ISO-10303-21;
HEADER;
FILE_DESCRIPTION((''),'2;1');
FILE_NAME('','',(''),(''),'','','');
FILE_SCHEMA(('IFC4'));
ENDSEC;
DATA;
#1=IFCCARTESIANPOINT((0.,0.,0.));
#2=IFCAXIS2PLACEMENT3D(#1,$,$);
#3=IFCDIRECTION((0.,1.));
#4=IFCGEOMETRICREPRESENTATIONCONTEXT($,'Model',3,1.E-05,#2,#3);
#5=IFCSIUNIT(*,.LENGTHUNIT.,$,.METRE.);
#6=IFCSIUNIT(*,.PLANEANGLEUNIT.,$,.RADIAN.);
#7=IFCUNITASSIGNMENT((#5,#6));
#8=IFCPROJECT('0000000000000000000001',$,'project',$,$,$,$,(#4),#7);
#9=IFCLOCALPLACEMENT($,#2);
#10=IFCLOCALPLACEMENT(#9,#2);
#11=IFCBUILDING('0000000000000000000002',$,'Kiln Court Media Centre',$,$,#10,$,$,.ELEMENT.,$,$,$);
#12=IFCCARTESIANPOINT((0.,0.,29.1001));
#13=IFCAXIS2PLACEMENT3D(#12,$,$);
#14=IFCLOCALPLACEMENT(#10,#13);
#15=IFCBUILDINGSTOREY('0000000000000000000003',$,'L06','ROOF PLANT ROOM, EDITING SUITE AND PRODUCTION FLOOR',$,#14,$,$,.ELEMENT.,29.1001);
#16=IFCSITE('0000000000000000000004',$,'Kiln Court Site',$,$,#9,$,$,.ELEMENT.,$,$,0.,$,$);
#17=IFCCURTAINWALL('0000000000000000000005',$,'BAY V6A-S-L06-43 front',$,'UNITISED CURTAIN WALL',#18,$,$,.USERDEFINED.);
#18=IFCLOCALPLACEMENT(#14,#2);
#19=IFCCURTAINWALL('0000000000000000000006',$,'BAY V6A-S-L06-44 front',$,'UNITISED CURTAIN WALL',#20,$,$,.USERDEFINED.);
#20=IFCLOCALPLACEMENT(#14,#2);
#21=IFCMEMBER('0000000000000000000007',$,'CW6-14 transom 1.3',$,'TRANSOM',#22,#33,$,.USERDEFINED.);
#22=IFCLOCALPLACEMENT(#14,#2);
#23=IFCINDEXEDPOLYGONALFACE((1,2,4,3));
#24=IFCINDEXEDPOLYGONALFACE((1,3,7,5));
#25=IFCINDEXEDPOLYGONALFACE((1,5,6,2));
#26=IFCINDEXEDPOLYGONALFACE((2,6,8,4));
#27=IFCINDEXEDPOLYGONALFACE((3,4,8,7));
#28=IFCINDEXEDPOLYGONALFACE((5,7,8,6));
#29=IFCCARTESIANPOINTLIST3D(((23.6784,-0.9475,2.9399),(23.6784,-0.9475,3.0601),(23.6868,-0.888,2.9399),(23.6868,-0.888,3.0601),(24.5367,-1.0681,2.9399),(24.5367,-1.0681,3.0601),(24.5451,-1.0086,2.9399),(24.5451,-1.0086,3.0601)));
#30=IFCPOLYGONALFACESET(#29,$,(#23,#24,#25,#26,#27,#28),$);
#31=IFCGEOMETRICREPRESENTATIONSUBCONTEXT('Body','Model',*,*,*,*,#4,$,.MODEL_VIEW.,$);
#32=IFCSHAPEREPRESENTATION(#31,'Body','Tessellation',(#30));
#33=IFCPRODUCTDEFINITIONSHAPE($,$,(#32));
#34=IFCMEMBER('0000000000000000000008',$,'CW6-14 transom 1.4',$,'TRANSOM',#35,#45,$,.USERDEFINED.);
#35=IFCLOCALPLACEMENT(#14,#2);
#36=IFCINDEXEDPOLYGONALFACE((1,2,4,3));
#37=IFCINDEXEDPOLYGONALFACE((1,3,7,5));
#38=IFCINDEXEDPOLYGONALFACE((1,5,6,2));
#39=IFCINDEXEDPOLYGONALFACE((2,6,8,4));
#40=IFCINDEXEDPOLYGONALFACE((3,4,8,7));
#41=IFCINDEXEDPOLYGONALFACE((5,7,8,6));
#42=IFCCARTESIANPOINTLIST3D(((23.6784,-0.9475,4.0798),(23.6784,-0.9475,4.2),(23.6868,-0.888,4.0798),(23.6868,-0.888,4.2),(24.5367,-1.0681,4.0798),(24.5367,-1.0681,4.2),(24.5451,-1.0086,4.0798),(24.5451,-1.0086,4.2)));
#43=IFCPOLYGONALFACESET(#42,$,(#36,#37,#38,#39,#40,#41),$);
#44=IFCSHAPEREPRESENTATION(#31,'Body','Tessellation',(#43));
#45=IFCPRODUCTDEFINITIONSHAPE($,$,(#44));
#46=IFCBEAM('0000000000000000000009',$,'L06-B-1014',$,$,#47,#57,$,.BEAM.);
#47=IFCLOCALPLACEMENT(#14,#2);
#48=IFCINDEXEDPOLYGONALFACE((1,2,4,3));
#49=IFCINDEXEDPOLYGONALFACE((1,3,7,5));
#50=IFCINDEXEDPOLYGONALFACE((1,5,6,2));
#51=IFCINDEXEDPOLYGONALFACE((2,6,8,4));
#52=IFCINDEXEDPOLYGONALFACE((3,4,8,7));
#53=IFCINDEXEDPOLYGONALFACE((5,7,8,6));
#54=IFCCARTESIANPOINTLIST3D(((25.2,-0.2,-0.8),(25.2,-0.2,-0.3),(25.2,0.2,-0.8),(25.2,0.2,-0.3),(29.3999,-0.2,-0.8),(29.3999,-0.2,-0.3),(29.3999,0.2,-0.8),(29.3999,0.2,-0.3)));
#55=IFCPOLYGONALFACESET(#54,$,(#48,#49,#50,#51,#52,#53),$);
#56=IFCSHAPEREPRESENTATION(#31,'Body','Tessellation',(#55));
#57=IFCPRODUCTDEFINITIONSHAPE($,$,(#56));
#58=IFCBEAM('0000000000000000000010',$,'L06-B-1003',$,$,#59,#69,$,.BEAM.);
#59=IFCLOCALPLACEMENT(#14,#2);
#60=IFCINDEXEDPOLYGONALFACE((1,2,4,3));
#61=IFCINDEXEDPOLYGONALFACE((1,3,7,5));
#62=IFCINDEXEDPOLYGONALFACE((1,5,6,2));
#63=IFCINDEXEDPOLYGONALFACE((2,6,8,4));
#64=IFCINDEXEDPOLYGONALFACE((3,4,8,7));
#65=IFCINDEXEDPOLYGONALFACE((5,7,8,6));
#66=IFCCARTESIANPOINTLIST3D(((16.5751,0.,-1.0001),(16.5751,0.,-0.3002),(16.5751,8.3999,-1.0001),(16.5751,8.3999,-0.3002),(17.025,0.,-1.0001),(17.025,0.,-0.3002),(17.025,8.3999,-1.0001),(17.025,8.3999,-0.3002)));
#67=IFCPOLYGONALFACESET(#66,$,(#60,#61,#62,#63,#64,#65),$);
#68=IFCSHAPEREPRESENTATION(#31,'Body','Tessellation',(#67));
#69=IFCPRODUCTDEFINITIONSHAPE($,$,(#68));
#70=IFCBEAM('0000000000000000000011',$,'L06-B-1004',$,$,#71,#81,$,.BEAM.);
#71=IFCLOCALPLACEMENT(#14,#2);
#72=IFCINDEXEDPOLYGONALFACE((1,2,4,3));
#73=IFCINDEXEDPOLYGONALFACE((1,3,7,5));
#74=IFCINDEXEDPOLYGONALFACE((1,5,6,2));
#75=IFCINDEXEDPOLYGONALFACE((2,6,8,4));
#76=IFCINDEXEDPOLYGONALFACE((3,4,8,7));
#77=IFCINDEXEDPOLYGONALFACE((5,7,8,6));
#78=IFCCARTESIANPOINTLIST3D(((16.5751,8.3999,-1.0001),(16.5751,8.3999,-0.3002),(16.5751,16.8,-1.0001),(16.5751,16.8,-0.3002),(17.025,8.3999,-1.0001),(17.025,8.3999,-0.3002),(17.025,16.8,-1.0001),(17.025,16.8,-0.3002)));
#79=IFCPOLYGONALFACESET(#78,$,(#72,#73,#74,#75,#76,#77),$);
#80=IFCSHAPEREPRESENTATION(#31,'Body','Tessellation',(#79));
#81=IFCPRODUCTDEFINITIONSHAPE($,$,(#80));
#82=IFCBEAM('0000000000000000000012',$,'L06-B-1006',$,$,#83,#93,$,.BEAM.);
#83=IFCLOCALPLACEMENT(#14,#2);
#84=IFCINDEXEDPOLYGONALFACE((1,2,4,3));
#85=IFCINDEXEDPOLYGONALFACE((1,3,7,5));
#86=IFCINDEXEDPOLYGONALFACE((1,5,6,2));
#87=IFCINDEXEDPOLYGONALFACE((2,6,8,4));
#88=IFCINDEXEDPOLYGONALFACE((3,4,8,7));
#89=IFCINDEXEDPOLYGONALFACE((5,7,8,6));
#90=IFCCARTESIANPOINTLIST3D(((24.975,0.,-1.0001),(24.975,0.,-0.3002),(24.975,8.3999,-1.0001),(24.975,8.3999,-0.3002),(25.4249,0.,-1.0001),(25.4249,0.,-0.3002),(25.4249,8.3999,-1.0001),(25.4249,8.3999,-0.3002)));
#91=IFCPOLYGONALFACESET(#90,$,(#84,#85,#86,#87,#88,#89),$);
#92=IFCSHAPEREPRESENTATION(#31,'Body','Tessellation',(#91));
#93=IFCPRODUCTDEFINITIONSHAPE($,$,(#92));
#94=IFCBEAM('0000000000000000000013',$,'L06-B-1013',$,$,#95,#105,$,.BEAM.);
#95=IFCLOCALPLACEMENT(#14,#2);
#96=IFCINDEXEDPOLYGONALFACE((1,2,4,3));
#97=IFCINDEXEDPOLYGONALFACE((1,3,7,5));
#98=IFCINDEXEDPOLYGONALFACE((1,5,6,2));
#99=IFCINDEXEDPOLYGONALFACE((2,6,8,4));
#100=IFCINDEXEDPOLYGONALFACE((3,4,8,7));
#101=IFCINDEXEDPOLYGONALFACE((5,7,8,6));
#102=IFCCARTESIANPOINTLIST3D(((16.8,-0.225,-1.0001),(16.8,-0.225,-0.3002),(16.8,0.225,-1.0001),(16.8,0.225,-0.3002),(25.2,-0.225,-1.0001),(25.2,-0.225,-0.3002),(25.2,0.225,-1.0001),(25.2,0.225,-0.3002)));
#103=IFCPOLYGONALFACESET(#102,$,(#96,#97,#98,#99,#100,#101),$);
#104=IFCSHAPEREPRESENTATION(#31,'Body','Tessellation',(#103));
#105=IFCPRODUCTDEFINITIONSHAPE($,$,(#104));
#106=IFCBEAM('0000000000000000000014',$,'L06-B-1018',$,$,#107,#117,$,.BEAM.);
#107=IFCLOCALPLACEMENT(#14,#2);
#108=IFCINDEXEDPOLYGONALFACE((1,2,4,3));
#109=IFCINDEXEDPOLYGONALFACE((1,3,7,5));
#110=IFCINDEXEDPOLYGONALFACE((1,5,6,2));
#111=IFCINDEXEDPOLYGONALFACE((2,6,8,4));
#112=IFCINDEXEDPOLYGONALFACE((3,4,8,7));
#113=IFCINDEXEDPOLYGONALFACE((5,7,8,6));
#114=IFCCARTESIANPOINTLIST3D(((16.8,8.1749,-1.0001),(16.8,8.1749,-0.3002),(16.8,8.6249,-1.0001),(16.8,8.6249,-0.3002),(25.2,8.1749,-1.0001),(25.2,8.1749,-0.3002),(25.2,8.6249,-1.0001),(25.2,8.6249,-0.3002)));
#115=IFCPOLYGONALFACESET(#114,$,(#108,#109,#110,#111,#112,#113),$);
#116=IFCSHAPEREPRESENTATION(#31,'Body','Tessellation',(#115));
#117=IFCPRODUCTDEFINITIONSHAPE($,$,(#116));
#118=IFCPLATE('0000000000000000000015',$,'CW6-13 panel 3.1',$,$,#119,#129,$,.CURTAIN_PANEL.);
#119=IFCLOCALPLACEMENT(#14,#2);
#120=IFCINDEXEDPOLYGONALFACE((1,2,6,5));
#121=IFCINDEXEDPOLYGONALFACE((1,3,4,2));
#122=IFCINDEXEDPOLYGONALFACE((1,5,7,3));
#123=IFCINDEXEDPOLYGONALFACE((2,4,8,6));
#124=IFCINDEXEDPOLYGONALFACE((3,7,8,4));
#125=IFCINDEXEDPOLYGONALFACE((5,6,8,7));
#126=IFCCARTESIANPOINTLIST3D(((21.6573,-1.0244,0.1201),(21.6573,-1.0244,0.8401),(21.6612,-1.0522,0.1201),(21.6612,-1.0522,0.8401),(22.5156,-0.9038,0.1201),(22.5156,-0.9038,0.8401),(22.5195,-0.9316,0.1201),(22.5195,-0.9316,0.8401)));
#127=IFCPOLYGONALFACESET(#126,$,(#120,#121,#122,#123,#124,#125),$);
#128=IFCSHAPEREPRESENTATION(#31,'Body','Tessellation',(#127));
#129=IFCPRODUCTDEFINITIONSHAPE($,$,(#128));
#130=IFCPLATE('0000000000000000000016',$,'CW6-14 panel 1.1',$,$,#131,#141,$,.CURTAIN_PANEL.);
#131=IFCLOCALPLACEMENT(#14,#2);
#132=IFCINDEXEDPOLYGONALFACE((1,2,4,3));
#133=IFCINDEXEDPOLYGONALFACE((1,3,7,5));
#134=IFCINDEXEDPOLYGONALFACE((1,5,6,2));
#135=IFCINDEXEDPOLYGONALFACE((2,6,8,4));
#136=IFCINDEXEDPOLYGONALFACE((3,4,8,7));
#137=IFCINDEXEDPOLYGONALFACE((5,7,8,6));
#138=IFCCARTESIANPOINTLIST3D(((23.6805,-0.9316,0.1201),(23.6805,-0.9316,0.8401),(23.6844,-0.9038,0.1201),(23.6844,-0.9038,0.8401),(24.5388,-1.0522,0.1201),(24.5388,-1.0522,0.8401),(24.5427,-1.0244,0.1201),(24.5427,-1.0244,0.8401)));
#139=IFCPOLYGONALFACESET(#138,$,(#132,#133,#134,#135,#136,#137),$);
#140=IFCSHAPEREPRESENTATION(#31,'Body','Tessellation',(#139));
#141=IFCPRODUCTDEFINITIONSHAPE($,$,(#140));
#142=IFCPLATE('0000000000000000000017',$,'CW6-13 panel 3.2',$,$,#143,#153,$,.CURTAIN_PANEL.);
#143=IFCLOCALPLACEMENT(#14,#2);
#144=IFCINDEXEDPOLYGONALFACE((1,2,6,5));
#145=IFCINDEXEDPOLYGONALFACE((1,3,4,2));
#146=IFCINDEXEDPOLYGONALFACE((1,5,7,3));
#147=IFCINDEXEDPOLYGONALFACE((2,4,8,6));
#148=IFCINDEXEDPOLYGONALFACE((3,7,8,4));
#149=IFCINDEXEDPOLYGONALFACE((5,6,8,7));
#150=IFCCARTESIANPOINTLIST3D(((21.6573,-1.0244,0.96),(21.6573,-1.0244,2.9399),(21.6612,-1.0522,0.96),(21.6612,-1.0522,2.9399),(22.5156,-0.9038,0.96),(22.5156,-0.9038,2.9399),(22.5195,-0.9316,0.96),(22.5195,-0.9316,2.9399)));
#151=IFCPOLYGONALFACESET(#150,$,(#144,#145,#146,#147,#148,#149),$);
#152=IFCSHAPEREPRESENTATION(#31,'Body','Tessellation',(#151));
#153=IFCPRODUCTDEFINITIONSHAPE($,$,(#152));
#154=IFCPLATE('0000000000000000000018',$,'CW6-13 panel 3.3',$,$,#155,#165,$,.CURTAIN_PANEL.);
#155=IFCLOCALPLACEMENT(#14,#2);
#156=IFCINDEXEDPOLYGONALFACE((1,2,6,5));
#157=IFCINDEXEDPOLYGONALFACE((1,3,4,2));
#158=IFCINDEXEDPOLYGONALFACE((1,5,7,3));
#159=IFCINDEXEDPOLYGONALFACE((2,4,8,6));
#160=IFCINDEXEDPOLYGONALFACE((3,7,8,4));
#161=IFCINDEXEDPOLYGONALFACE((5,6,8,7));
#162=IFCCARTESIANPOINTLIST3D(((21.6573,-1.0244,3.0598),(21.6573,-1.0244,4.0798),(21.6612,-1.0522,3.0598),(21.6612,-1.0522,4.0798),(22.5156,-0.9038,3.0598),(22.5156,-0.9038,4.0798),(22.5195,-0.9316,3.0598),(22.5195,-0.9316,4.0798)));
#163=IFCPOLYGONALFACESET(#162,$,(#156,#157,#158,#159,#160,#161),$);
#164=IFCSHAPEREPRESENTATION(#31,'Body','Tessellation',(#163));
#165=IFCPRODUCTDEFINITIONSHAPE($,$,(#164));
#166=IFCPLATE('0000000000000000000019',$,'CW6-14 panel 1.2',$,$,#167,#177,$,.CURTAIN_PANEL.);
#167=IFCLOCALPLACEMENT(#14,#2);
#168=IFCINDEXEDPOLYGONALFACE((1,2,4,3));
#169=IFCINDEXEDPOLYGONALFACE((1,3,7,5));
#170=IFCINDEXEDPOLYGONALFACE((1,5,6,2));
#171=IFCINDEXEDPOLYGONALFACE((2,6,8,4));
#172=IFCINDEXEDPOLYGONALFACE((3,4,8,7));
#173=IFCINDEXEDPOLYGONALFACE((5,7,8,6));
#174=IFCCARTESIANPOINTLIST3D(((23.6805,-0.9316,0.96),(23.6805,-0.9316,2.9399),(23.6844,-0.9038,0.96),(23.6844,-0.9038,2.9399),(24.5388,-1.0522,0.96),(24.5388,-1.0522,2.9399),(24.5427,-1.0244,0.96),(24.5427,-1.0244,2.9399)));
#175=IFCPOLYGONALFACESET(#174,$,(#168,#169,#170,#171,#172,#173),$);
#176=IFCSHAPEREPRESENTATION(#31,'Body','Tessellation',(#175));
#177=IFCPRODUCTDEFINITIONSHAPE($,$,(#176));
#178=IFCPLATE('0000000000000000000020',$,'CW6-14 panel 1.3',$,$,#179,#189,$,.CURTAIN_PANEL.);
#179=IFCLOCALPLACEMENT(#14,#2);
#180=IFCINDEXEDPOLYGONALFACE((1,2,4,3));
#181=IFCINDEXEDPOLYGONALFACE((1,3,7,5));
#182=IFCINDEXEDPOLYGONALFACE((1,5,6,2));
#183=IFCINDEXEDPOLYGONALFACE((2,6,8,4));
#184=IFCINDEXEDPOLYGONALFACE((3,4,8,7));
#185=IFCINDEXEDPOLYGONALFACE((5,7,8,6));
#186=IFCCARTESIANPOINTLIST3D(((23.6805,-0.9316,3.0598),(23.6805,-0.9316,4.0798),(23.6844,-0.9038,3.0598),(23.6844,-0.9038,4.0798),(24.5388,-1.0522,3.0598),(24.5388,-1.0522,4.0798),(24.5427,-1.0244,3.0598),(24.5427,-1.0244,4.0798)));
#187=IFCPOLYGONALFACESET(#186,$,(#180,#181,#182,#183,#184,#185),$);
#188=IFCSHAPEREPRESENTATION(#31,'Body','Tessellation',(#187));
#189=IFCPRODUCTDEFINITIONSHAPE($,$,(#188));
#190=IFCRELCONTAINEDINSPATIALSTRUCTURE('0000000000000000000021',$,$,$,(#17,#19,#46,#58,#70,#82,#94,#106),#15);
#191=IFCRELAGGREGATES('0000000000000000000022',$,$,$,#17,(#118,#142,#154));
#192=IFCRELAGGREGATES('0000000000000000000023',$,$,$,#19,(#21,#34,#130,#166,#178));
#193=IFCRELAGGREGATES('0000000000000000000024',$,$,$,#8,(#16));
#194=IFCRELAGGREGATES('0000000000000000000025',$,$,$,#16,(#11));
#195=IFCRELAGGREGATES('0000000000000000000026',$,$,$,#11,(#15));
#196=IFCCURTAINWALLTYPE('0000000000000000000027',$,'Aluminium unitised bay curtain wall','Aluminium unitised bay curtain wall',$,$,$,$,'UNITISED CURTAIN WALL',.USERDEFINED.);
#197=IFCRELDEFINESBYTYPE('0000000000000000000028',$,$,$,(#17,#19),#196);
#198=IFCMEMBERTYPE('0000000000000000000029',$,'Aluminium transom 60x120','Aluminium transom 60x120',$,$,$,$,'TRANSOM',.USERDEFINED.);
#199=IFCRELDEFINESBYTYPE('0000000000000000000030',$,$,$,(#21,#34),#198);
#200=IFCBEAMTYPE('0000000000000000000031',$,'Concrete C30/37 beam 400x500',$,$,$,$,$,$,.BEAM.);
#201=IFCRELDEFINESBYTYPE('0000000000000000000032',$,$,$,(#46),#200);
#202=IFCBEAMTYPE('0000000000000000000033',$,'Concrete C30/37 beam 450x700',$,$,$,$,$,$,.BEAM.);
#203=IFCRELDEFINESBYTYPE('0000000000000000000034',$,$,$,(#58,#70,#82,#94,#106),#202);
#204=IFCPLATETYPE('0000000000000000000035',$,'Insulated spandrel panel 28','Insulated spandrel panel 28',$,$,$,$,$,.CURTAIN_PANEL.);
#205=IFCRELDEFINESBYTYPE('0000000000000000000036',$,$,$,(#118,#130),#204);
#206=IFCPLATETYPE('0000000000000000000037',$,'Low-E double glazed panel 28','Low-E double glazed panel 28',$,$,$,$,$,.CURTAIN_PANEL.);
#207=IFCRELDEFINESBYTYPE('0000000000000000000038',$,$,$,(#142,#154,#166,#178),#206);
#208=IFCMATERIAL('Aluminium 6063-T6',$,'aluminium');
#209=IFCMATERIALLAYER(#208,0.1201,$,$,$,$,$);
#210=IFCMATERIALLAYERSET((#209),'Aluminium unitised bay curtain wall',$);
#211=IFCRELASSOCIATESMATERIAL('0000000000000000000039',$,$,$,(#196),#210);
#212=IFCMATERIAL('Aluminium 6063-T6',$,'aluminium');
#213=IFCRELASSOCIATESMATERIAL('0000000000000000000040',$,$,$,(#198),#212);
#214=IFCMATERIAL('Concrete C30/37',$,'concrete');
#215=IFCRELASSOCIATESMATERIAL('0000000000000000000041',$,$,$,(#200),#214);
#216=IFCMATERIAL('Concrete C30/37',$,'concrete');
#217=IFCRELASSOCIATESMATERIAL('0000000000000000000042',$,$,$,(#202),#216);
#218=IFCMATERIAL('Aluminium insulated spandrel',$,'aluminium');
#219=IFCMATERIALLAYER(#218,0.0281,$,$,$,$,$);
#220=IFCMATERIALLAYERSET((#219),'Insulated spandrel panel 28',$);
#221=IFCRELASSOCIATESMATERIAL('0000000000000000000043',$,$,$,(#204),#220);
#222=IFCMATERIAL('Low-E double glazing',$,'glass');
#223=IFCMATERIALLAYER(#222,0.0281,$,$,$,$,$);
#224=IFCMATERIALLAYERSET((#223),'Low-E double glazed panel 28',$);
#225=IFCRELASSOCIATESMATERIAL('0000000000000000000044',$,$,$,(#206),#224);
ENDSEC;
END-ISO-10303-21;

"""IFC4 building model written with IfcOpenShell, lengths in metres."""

from ifc_helpers import new_model, si_unit, direction, frame, origin, origin_2d, place, context, subcontext, project, spatial, rectangle, extrude, material, layer, layer_set, material_profile, profile_set, type_object, element, aggregate, save


model = new_model("IFC4")

# Units and contexts
model_context = context("Model", 3, precision=1e-05, world=origin(), true_north=direction((0.0, 1.0)))
body_context = subcontext(model_context, "Body", "Model", "MODEL_VIEW")
ifc_project = project(units=[si_unit("LENGTHUNIT", "METRE"), si_unit("PLANEANGLEUNIT", "RADIAN")], contexts=[model_context])

# Site, building, storey
site_placement = place(None, origin())
site = spatial("IfcSite", under=ifc_project, at=site_placement, Name="Kiln Court Site", CompositionType="ELEMENT", RefElevation=0.0)
building_placement = place(site_placement, origin())
building = spatial("IfcBuilding", under=site, at=building_placement, Name="Kiln Court Media Centre", CompositionType="ELEMENT")
storey_placement = place(building_placement, frame((0.0, 0.0, 29.1001)))
storey = spatial("IfcBuildingStorey", under=building, at=storey_placement, Name="L06", Description="ROOF PLANT ROOM, EDITING SUITE AND PRODUCTION FLOOR", CompositionType="ELEMENT", Elevation=29.1001)

# Shared definitions
ifc_material_1 = material(Name="Aluminium 6063-T6", Category="aluminium")
ifc_layer_1 = layer(ifc_material_1, 0.1201)
ifc_layer_set_1 = layer_set([ifc_layer_1], Name="Aluminium unitised bay curtain wall")
curtain_wall_type = type_object("IfcCurtainWallType", Name="Aluminium unitised bay curtain wall", Description="Aluminium unitised bay curtain wall", ElementType="UNITISED CURTAIN WALL", PredefinedType="USERDEFINED", material=ifc_layer_set_1)

# Curtain walls
curtain_wall_1_placement = place(storey_placement, origin())
curtain_wall_1 = element("IfcCurtainWall", 1, at=curtain_wall_1_placement, inside=storey, type_object=curtain_wall_type, Name="BAY V6A-S-L06-43 front", ObjectType="UNITISED CURTAIN WALL", PredefinedType="USERDEFINED")
curtain_wall_2_placement = place(storey_placement, origin())
curtain_wall_2 = element("IfcCurtainWall", 2, at=curtain_wall_2_placement, inside=storey, type_object=curtain_wall_type, Name="BAY V6A-S-L06-44 front", ObjectType="UNITISED CURTAIN WALL", PredefinedType="USERDEFINED")

# Members
ifc_material_2 = material(Name="Aluminium 6063-T6", Category="aluminium")
ifc_material_profile_1 = material_profile(ifc_material_2, rectangle(XDim=0.0601, YDim=0.1201, at=origin_2d()), Name="Aluminium transom 60x120")
ifc_profile_set_1 = profile_set([ifc_material_profile_1], Name="Aluminium 6063-T6")
member_type_1 = type_object("IfcMemberType", Name="Aluminium transom 60x120", Description="Aluminium transom 60x120", ElementType="TRANSOM", PredefinedType="USERDEFINED", material=ifc_profile_set_1)
member_1_placement = place(storey_placement, frame((23.6826, -0.9177, 3.0), z_axis=(0.990268, -0.139173, 0.0), x_axis=(0.139173, 0.990268, 0.0)))
member_1 = element("IfcMember", 3, at=member_1_placement, type_object=member_type_1, Name="CW6-14 transom 1.3", ObjectType="TRANSOM", PredefinedType="USERDEFINED", context=body_context, shape_type="SweptSolid", body=[
    extrude(rectangle(XDim=0.0601, YDim=0.1201, at=origin_2d()), origin(), (0.0, 0.0, 1.0), 0.8667),
])
member_2_placement = place(storey_placement, frame((23.6826, -0.9177, 4.1399), z_axis=(0.990268, -0.139173, 0.0), x_axis=(0.139173, 0.990268, 0.0)))
member_2 = element("IfcMember", 4, at=member_2_placement, type_object=member_type_1, Name="CW6-14 transom 1.4", ObjectType="TRANSOM", PredefinedType="USERDEFINED", context=body_context, shape_type="SweptSolid", body=[
    extrude(rectangle(XDim=0.0601, YDim=0.1201, at=origin_2d()), origin(), (0.0, 0.0, 1.0), 0.8667),
])

# Beams
ifc_material_3 = material(Name="Concrete C30/37", Category="concrete")
ifc_material_profile_2 = material_profile(ifc_material_3, rectangle(XDim=0.3999, YDim=0.5, at=origin_2d()), Name="RC 400x500")
ifc_profile_set_2 = profile_set([ifc_material_profile_2], Name="Concrete C30/37")
beam_type_1 = type_object("IfcBeamType", Name="Concrete C30/37 beam 400x500", PredefinedType="BEAM", material=ifc_profile_set_2)
beam_1_placement = place(storey_placement, frame((25.2, 0.0, -0.55), z_axis=(1.0, 0.0, 0.0), x_axis=(0.0, 1.0, 0.0)))
element("IfcBeam", 5, at=beam_1_placement, inside=storey, type_object=beam_type_1, Name="L06-B-1014", PredefinedType="BEAM", context=body_context, shape_type="SweptSolid", body=[
    extrude(rectangle(XDim=0.3999, YDim=0.5, at=origin_2d()), origin(), (0.0, 0.0, 1.0), 4.2),
])
ifc_material_4 = material(Name="Concrete C30/37", Category="concrete")
ifc_material_profile_3 = material_profile(ifc_material_4, rectangle(XDim=0.45, YDim=0.7, at=origin_2d()), Name="RC 450x700")
ifc_profile_set_3 = profile_set([ifc_material_profile_3], Name="Concrete C30/37")
beam_type_2 = type_object("IfcBeamType", Name="Concrete C30/37 beam 450x700", PredefinedType="BEAM", material=ifc_profile_set_3)
beam_2_placement = place(storey_placement, frame((16.8, 0.0, -0.6501), z_axis=(0.0, 1.0, 0.0), x_axis=(-1.0, 0.0, 0.0)))
element("IfcBeam", 6, at=beam_2_placement, inside=storey, type_object=beam_type_2, Name="L06-B-1003", PredefinedType="BEAM", context=body_context, shape_type="SweptSolid", body=[
    extrude(rectangle(XDim=0.45, YDim=0.7, at=origin_2d()), origin(), (0.0, 0.0, 1.0), 8.3999),
])
beam_3_placement = place(storey_placement, frame((16.8, 8.3999, -0.6501), z_axis=(0.0, 1.0, 0.0), x_axis=(-1.0, 0.0, 0.0)))
element("IfcBeam", 7, at=beam_3_placement, inside=storey, type_object=beam_type_2, Name="L06-B-1004", PredefinedType="BEAM", context=body_context, shape_type="SweptSolid", body=[
    extrude(rectangle(XDim=0.45, YDim=0.7, at=origin_2d()), origin(), (0.0, 0.0, 1.0), 8.4001),
])
for number, where, z_axis, x_axis, name in (
    (8, (25.2, 0.0, -0.6501), (0.0, 1.0, 0.0), (-1.0, 0.0, 0.0), "L06-B-1006"),
    (9, (16.8, 0.0, -0.6501), (1.0, 0.0, 0.0), (0.0, 1.0, 0.0), "L06-B-1013"),
    (10, (16.8, 8.3999, -0.6501), (1.0, 0.0, 0.0), (0.0, 1.0, 0.0), "L06-B-1018"),
):
    element("IfcBeam", number, at=place(storey_placement, frame(where, z_axis=z_axis, x_axis=x_axis)), inside=storey, type_object=beam_type_2, Name=name, PredefinedType="BEAM", context=body_context, shape_type="SweptSolid", body=[
        extrude(rectangle(XDim=0.45, YDim=0.7, at=origin_2d()), origin(), (0.0, 0.0, 1.0), 8.3999),
    ])

# Plates
ifc_material_5 = material(Name="Aluminium insulated spandrel", Category="aluminium")
ifc_layer_2 = layer(ifc_material_5, 0.0281)
ifc_layer_set_2 = layer_set([ifc_layer_2], Name="Insulated spandrel panel 28")
plate_type_1 = type_object("IfcPlateType", Name="Insulated spandrel panel 28", Description="Insulated spandrel panel 28", PredefinedType="CURTAIN_PANEL", material=ifc_layer_set_2)
plate_1_placement = place(storey_placement, frame((22.0884, -0.978, 0.1201), z_axis=(0.0, 0.0, 1.0), x_axis=(0.99027, 0.139162, 0.0)))
plate_1 = element("IfcPlate", 11, at=plate_1_placement, type_object=plate_type_1, Name="CW6-13 panel 3.1", PredefinedType="CURTAIN_PANEL", context=body_context, shape_type="SweptSolid", body=[
    extrude(rectangle(XDim=0.8667, YDim=0.0281, at=origin_2d()), origin(), (0.0, 0.0, 1.0), 0.72),
])
plate_2_placement = place(storey_placement, frame((24.1116, -0.978, 0.1201), z_axis=(0.0, 0.0, 1.0), x_axis=(0.99027, -0.139162, 0.0)))
plate_2 = element("IfcPlate", 12, at=plate_2_placement, type_object=plate_type_1, Name="CW6-14 panel 1.1", PredefinedType="CURTAIN_PANEL", context=body_context, shape_type="SweptSolid", body=[
    extrude(rectangle(XDim=0.8667, YDim=0.0281, at=origin_2d()), origin(), (0.0, 0.0, 1.0), 0.72),
])
ifc_material_6 = material(Name="Low-E double glazing", Category="glass")
ifc_layer_3 = layer(ifc_material_6, 0.0281)
ifc_layer_set_3 = layer_set([ifc_layer_3], Name="Low-E double glazed panel 28")
plate_type_2 = type_object("IfcPlateType", Name="Low-E double glazed panel 28", Description="Low-E double glazed panel 28", PredefinedType="CURTAIN_PANEL", material=ifc_layer_set_3)
plate_3_placement = place(storey_placement, frame((22.0884, -0.978, 0.96), z_axis=(0.0, 0.0, 1.0), x_axis=(0.99027, 0.139162, 0.0)))
plate_3 = element("IfcPlate", 13, at=plate_3_placement, type_object=plate_type_2, Name="CW6-13 panel 3.2", PredefinedType="CURTAIN_PANEL", context=body_context, shape_type="SweptSolid", body=[
    extrude(rectangle(XDim=0.8667, YDim=0.0281, at=origin_2d()), origin(), (0.0, 0.0, 1.0), 1.98),
])
plate_4_placement = place(storey_placement, frame((22.0884, -0.978, 3.0598), z_axis=(0.0, 0.0, 1.0), x_axis=(0.99027, 0.139162, 0.0)))
plate_4 = element("IfcPlate", 14, at=plate_4_placement, type_object=plate_type_2, Name="CW6-13 panel 3.3", PredefinedType="CURTAIN_PANEL", context=body_context, shape_type="SweptSolid", body=[
    extrude(rectangle(XDim=0.8667, YDim=0.0281, at=origin_2d()), origin(), (0.0, 0.0, 1.0), 1.02),
])
aggregate(curtain_wall_1, [plate_1, plate_3, plate_4])
plate_5_placement = place(storey_placement, frame((24.1116, -0.978, 0.96), z_axis=(0.0, 0.0, 1.0), x_axis=(0.99027, -0.139162, 0.0)))
plate_5 = element("IfcPlate", 15, at=plate_5_placement, type_object=plate_type_2, Name="CW6-14 panel 1.2", PredefinedType="CURTAIN_PANEL", context=body_context, shape_type="SweptSolid", body=[
    extrude(rectangle(XDim=0.8667, YDim=0.0281, at=origin_2d()), origin(), (0.0, 0.0, 1.0), 1.98),
])
plate_6_placement = place(storey_placement, frame((24.1116, -0.978, 3.0598), z_axis=(0.0, 0.0, 1.0), x_axis=(0.99027, -0.139162, 0.0)))
plate_6 = element("IfcPlate", 16, at=plate_6_placement, type_object=plate_type_2, Name="CW6-14 panel 1.3", PredefinedType="CURTAIN_PANEL", context=body_context, shape_type="SweptSolid", body=[
    extrude(rectangle(XDim=0.8667, YDim=0.0281, at=origin_2d()), origin(), (0.0, 0.0, 1.0), 1.02),
])
aggregate(curtain_wall_2, [member_1, member_2, plate_2, plate_5, plate_6])

save(model, "model.ifc")
